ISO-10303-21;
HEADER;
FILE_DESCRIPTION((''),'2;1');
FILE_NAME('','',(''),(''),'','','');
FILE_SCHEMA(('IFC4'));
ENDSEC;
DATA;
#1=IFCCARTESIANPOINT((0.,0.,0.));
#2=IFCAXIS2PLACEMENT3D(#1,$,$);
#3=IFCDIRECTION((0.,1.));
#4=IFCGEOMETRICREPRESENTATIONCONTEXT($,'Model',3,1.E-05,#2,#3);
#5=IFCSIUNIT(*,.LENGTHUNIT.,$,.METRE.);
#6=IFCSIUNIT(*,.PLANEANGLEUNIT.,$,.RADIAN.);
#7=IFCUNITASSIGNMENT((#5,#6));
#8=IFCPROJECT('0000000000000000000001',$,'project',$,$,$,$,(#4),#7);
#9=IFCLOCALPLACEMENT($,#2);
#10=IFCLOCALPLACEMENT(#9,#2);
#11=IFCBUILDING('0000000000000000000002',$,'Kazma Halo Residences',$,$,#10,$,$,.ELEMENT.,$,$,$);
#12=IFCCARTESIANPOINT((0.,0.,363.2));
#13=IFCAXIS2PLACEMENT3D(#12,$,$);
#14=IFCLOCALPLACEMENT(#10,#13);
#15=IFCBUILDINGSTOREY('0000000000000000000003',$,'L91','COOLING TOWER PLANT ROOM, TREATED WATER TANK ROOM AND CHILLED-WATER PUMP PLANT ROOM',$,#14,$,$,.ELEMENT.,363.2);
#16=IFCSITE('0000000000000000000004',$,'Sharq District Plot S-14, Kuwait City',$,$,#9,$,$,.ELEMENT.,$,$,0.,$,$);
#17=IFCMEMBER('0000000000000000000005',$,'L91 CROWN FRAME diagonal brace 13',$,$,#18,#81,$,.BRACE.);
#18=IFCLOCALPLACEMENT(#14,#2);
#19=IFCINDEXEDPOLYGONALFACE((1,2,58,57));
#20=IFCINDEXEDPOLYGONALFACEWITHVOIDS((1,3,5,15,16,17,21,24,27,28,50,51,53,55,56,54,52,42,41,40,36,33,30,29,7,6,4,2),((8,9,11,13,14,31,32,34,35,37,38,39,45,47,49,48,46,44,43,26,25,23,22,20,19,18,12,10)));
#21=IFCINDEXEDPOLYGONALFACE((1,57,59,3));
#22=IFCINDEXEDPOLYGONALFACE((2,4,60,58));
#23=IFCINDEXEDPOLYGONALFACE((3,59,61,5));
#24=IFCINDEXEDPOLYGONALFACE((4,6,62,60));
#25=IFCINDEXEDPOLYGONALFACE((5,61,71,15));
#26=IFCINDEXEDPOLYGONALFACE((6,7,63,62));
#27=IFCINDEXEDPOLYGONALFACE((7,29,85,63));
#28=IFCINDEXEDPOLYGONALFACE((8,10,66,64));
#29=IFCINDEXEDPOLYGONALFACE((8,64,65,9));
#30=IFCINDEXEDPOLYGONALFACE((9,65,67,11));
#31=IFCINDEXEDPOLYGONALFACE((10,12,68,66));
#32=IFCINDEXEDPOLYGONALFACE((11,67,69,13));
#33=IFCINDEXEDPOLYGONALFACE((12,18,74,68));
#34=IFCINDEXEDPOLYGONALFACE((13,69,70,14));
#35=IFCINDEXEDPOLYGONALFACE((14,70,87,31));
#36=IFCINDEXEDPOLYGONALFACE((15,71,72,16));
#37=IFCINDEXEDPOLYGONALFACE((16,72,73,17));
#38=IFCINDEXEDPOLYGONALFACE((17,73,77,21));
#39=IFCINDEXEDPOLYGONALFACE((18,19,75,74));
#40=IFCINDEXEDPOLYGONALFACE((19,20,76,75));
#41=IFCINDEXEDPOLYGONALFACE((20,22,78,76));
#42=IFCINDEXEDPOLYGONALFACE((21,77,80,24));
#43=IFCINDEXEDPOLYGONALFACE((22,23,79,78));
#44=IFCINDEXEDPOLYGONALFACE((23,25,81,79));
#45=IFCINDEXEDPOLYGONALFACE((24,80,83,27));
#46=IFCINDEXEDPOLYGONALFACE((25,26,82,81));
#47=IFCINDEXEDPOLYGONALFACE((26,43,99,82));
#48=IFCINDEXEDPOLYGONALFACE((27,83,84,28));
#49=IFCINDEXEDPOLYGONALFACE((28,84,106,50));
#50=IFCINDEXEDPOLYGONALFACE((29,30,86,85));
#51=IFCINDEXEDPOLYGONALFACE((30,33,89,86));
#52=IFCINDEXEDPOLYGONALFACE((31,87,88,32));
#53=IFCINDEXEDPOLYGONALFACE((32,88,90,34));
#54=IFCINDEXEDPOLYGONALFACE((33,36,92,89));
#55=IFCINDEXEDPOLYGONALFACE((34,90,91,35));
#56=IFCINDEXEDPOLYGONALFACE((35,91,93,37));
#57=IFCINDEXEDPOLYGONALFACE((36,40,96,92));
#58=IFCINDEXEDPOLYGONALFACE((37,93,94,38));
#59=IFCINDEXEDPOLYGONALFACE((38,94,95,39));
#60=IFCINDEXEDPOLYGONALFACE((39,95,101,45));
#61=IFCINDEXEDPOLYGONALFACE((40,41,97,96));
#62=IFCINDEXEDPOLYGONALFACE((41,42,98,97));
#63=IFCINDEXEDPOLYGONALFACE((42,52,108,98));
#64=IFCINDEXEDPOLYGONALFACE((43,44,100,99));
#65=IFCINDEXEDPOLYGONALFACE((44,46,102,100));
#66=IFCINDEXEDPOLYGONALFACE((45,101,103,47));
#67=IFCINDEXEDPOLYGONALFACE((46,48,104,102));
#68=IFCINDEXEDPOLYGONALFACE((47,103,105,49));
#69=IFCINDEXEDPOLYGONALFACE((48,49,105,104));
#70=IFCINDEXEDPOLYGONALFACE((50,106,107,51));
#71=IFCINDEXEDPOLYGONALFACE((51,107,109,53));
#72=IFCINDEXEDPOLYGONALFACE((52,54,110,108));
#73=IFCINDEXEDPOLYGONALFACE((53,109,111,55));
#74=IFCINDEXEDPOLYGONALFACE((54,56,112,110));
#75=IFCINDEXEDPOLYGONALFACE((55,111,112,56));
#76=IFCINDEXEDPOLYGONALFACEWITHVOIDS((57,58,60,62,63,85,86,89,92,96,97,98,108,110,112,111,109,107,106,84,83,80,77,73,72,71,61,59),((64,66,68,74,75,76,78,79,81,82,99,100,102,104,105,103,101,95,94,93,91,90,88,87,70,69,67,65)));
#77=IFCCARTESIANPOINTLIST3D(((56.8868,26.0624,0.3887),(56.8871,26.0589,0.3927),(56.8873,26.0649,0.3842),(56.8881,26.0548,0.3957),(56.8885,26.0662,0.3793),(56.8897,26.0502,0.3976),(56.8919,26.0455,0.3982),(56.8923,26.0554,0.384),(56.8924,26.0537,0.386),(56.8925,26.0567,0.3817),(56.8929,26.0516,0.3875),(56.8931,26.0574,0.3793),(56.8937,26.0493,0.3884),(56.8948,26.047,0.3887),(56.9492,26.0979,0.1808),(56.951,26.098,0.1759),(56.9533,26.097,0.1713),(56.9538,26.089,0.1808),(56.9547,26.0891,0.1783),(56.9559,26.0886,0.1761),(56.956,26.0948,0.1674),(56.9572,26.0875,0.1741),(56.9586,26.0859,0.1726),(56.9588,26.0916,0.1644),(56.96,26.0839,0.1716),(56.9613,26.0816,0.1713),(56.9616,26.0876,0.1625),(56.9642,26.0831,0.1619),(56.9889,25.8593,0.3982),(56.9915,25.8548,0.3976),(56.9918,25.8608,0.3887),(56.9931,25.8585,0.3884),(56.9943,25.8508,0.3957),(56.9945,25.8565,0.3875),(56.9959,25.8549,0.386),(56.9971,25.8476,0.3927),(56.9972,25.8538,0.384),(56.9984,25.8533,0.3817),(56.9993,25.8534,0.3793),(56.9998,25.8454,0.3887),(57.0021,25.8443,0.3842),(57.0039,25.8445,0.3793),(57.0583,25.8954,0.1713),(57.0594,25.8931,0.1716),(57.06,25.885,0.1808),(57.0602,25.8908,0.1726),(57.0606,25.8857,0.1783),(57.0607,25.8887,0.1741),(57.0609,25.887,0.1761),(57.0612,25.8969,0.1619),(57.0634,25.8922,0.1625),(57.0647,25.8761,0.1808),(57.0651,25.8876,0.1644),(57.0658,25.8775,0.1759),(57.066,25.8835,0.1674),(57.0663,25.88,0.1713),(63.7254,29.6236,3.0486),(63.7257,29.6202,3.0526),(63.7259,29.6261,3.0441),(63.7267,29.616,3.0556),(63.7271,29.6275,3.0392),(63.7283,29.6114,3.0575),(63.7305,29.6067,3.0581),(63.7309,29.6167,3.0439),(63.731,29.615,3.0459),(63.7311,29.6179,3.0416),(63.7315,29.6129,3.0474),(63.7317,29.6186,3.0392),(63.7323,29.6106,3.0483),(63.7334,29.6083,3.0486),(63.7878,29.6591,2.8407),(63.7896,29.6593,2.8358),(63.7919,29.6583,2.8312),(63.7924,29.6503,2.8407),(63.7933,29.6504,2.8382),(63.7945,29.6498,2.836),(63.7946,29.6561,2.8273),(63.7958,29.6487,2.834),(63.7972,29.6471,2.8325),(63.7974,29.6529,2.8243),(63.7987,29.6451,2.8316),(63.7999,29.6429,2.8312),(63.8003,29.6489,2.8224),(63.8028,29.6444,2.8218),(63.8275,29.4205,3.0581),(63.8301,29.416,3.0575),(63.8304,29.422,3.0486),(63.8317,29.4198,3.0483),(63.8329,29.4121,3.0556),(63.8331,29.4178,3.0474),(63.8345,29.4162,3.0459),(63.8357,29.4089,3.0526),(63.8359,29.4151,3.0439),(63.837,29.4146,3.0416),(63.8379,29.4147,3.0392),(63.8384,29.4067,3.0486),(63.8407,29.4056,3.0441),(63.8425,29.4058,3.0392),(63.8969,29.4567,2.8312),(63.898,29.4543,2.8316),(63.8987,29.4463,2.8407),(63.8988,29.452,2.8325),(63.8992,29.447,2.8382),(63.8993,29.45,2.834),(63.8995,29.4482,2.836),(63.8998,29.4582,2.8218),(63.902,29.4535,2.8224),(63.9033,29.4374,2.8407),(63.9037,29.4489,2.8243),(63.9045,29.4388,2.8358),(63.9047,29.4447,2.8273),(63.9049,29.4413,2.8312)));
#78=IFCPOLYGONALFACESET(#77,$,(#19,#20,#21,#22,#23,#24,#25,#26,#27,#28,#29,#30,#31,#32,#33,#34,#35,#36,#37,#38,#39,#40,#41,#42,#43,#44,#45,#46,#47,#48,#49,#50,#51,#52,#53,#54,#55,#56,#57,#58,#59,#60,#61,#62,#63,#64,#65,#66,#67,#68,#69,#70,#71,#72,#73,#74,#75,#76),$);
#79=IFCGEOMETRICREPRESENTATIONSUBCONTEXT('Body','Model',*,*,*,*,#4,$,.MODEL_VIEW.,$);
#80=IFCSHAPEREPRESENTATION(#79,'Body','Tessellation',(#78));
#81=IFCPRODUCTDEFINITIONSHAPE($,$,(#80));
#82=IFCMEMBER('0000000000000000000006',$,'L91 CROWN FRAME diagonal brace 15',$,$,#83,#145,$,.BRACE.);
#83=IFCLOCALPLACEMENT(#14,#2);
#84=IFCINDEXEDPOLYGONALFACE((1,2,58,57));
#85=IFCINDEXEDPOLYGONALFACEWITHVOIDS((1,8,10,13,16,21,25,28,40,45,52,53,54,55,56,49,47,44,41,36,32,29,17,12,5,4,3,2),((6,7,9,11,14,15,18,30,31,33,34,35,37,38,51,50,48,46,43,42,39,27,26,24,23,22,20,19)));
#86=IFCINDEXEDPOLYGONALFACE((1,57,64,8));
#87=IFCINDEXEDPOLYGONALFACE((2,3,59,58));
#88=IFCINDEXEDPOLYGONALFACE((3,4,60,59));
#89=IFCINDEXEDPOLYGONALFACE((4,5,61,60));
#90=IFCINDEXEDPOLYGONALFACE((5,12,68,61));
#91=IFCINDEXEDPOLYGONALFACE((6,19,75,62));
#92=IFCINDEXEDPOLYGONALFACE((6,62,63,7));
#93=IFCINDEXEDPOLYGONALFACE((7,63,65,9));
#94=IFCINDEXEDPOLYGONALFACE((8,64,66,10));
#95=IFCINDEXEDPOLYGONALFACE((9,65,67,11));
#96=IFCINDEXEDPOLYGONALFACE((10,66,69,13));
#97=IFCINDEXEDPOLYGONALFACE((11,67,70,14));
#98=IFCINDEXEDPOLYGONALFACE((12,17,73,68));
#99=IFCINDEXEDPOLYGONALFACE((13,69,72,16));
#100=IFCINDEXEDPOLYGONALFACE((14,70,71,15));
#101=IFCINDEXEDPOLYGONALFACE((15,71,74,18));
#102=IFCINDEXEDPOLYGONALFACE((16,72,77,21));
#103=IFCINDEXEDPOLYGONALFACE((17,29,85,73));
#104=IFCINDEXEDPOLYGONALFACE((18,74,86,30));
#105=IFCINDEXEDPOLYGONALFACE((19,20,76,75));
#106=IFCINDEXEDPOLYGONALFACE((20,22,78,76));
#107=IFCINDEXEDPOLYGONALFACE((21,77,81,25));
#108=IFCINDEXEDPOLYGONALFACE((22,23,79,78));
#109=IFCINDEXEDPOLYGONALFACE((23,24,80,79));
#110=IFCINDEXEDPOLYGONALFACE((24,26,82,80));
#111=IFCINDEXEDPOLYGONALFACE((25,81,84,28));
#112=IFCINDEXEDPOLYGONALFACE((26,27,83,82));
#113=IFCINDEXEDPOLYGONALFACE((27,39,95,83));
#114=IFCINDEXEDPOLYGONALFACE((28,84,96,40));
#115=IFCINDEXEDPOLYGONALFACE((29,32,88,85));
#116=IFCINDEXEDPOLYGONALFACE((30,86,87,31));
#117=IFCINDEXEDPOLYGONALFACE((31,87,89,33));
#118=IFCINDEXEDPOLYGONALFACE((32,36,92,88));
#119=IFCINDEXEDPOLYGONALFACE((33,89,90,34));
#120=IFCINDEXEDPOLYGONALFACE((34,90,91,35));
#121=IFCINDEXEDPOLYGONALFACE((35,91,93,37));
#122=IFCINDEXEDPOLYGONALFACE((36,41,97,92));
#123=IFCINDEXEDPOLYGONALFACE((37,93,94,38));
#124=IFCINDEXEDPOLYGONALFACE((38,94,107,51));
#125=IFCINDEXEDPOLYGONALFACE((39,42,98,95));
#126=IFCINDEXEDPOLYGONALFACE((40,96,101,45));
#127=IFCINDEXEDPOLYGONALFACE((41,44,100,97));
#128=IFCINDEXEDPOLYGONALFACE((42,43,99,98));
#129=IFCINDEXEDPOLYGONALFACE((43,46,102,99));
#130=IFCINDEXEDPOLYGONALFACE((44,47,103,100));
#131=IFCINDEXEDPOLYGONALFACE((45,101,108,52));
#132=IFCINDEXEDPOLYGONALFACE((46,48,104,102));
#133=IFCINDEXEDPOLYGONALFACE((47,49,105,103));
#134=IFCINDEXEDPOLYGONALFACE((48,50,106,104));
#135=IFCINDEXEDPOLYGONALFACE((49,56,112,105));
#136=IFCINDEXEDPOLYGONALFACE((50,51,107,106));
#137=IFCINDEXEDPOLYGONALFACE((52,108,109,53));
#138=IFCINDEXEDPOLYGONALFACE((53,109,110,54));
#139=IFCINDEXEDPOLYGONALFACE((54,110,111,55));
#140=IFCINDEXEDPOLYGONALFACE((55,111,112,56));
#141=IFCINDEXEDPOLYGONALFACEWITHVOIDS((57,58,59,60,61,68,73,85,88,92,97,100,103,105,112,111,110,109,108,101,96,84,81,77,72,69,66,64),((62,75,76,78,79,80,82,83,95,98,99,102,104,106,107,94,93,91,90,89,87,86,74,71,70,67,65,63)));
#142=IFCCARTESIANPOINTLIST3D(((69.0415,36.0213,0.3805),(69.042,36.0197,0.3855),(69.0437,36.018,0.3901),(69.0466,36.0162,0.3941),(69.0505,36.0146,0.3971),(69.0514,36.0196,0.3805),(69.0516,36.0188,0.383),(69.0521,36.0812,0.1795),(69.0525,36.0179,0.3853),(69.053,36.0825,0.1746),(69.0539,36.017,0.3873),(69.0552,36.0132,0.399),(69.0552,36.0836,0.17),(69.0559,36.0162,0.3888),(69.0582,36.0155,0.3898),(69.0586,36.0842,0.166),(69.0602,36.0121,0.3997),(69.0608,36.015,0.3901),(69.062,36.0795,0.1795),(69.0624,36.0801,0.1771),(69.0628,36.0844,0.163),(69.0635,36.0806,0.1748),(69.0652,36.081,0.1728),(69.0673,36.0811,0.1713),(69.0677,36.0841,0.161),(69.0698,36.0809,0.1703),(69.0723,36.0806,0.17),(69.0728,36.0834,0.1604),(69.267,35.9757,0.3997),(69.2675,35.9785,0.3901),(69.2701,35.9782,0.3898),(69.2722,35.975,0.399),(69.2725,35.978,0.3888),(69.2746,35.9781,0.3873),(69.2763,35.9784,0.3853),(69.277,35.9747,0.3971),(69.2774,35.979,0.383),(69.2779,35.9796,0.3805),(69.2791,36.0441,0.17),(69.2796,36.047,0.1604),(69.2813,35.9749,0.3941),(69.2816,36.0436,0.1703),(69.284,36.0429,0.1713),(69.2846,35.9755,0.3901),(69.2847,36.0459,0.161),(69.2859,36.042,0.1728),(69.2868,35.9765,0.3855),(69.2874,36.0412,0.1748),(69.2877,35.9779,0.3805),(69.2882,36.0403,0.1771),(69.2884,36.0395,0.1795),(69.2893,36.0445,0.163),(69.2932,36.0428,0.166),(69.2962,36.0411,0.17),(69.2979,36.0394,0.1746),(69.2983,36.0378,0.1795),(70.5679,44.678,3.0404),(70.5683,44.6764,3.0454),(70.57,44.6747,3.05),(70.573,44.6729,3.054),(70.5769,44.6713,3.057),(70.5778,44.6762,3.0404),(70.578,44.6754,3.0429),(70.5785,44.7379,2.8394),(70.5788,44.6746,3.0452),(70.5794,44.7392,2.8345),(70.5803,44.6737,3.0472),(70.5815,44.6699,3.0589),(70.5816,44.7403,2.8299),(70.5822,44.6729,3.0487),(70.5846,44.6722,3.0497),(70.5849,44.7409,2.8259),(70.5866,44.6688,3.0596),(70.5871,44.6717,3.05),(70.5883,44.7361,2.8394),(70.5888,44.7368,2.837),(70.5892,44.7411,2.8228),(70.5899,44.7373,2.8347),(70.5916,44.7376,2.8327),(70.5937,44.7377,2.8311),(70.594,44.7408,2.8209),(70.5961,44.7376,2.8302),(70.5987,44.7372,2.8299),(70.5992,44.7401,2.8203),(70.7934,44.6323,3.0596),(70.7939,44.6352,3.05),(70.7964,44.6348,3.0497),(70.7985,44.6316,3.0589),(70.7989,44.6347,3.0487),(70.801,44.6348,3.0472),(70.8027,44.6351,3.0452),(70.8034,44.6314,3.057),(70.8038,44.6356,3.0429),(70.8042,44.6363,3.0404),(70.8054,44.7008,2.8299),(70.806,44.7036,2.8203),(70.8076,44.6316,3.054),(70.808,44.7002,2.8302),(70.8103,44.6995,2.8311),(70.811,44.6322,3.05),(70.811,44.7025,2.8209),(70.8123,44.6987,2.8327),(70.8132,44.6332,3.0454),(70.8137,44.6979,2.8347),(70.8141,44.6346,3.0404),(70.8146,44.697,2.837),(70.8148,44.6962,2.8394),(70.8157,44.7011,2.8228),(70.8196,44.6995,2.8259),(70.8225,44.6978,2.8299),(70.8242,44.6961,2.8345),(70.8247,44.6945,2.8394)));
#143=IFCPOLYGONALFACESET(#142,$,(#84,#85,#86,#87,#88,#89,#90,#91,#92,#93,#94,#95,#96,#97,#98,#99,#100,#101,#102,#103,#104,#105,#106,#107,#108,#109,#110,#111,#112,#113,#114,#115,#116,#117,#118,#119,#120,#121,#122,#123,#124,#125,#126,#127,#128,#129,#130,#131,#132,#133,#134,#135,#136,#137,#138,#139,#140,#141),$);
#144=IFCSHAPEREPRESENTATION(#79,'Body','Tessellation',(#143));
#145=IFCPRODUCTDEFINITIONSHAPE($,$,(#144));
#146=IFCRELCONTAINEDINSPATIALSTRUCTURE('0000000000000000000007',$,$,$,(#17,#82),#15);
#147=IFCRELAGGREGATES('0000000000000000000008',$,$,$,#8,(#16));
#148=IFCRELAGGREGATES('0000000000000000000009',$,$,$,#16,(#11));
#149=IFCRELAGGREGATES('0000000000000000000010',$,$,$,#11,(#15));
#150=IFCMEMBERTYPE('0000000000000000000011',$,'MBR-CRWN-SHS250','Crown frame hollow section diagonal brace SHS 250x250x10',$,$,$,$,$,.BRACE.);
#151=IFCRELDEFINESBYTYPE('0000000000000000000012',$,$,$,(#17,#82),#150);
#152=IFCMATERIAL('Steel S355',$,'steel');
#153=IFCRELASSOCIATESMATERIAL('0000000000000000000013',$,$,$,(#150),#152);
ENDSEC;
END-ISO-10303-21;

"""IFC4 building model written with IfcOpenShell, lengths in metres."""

from ifc_helpers import new_model, si_unit, direction, frame, origin, origin_2d, place, context, subcontext, project, spatial, hollow_rectangle, extrude, material, material_profile, profile_set, type_object, element, save


model = new_model("IFC4")

# Units and contexts
model_context = context("Model", 3, precision=1e-05, world=origin(), true_north=direction((0.0, 1.0)))
body_context = subcontext(model_context, "Body", "Model", "MODEL_VIEW")
ifc_project = project(units=[si_unit("LENGTHUNIT", "METRE"), si_unit("PLANEANGLEUNIT", "RADIAN")], contexts=[model_context])

# Site, building, storey
site_placement = place(None, origin())
site = spatial("IfcSite", under=ifc_project, at=site_placement, Name="Sharq District Plot S-14, Kuwait City", CompositionType="ELEMENT", RefElevation=0.0)
building_placement = place(site_placement, origin())
building = spatial("IfcBuilding", under=site, at=building_placement, Name="Kazma Halo Residences", CompositionType="ELEMENT")
storey_placement = place(building_placement, frame((0.0, 0.0, 363.2)))
storey = spatial("IfcBuildingStorey", under=building, at=storey_placement, Name="L91", Description="COOLING TOWER PLANT ROOM, TREATED WATER TANK ROOM AND CHILLED-WATER PUMP PLANT ROOM", CompositionType="ELEMENT", Elevation=363.2)

# Shared definitions
ifc_material_1 = material(Name="Steel S355", Category="steel")

# Members
ifc_material_profile_1 = material_profile(ifc_material_1, hollow_rectangle(XDim=0.25, YDim=0.25, WallThickness=0.01, InnerFilletRadius=0.01, OuterFilletRadius=0.02, at=origin_2d()), Name="SHS250x250x10")
ifc_profile_set_1 = profile_set([ifc_material_profile_1], Name="Steel S355")
member_type_1 = type_object("IfcMemberType", Name="MBR-CRWN-SHS250", Description="Crown frame hollow section diagonal brace SHS 250x250x10", PredefinedType="BRACE", material=ifc_profile_set_1)
member_1_placement = place(storey_placement, frame((56.9766, 25.9712, 0.28), z_axis=(0.838451, 0.436631, 0.326119), x_axis=(-0.461883, 0.886941, 0.0)))
element("IfcMember", 1, at=member_1_placement, inside=storey, type_object=member_type_1, Name="L91 CROWN FRAME diagonal brace 13", PredefinedType="BRACE", context=body_context, shape_type="SweptSolid", body=[
    extrude(hollow_rectangle(XDim=0.25, YDim=0.25, WallThickness=0.01, InnerFilletRadius=0.01, OuterFilletRadius=0.02, at=origin_2d()), origin(), (0.0, 0.0, 1.0), 8.1562),
])
member_2_placement = place(storey_placement, frame((69.1699, 36.0295, 0.28), z_axis=(0.1662, 0.942599, 0.289628), x_axis=(-0.984809, 0.173643, 0.0)))
element("IfcMember", 2, at=member_2_placement, inside=storey, type_object=member_type_1, Name="L91 CROWN FRAME diagonal brace 15", PredefinedType="BRACE", context=body_context, shape_type="SweptSolid", body=[
    extrude(hollow_rectangle(XDim=0.25, YDim=0.25, WallThickness=0.01, InnerFilletRadius=0.01, OuterFilletRadius=0.02, at=origin_2d()), origin(), (0.0, 0.0, 1.0), 9.1838),
])

save(model, "model.ifc")
